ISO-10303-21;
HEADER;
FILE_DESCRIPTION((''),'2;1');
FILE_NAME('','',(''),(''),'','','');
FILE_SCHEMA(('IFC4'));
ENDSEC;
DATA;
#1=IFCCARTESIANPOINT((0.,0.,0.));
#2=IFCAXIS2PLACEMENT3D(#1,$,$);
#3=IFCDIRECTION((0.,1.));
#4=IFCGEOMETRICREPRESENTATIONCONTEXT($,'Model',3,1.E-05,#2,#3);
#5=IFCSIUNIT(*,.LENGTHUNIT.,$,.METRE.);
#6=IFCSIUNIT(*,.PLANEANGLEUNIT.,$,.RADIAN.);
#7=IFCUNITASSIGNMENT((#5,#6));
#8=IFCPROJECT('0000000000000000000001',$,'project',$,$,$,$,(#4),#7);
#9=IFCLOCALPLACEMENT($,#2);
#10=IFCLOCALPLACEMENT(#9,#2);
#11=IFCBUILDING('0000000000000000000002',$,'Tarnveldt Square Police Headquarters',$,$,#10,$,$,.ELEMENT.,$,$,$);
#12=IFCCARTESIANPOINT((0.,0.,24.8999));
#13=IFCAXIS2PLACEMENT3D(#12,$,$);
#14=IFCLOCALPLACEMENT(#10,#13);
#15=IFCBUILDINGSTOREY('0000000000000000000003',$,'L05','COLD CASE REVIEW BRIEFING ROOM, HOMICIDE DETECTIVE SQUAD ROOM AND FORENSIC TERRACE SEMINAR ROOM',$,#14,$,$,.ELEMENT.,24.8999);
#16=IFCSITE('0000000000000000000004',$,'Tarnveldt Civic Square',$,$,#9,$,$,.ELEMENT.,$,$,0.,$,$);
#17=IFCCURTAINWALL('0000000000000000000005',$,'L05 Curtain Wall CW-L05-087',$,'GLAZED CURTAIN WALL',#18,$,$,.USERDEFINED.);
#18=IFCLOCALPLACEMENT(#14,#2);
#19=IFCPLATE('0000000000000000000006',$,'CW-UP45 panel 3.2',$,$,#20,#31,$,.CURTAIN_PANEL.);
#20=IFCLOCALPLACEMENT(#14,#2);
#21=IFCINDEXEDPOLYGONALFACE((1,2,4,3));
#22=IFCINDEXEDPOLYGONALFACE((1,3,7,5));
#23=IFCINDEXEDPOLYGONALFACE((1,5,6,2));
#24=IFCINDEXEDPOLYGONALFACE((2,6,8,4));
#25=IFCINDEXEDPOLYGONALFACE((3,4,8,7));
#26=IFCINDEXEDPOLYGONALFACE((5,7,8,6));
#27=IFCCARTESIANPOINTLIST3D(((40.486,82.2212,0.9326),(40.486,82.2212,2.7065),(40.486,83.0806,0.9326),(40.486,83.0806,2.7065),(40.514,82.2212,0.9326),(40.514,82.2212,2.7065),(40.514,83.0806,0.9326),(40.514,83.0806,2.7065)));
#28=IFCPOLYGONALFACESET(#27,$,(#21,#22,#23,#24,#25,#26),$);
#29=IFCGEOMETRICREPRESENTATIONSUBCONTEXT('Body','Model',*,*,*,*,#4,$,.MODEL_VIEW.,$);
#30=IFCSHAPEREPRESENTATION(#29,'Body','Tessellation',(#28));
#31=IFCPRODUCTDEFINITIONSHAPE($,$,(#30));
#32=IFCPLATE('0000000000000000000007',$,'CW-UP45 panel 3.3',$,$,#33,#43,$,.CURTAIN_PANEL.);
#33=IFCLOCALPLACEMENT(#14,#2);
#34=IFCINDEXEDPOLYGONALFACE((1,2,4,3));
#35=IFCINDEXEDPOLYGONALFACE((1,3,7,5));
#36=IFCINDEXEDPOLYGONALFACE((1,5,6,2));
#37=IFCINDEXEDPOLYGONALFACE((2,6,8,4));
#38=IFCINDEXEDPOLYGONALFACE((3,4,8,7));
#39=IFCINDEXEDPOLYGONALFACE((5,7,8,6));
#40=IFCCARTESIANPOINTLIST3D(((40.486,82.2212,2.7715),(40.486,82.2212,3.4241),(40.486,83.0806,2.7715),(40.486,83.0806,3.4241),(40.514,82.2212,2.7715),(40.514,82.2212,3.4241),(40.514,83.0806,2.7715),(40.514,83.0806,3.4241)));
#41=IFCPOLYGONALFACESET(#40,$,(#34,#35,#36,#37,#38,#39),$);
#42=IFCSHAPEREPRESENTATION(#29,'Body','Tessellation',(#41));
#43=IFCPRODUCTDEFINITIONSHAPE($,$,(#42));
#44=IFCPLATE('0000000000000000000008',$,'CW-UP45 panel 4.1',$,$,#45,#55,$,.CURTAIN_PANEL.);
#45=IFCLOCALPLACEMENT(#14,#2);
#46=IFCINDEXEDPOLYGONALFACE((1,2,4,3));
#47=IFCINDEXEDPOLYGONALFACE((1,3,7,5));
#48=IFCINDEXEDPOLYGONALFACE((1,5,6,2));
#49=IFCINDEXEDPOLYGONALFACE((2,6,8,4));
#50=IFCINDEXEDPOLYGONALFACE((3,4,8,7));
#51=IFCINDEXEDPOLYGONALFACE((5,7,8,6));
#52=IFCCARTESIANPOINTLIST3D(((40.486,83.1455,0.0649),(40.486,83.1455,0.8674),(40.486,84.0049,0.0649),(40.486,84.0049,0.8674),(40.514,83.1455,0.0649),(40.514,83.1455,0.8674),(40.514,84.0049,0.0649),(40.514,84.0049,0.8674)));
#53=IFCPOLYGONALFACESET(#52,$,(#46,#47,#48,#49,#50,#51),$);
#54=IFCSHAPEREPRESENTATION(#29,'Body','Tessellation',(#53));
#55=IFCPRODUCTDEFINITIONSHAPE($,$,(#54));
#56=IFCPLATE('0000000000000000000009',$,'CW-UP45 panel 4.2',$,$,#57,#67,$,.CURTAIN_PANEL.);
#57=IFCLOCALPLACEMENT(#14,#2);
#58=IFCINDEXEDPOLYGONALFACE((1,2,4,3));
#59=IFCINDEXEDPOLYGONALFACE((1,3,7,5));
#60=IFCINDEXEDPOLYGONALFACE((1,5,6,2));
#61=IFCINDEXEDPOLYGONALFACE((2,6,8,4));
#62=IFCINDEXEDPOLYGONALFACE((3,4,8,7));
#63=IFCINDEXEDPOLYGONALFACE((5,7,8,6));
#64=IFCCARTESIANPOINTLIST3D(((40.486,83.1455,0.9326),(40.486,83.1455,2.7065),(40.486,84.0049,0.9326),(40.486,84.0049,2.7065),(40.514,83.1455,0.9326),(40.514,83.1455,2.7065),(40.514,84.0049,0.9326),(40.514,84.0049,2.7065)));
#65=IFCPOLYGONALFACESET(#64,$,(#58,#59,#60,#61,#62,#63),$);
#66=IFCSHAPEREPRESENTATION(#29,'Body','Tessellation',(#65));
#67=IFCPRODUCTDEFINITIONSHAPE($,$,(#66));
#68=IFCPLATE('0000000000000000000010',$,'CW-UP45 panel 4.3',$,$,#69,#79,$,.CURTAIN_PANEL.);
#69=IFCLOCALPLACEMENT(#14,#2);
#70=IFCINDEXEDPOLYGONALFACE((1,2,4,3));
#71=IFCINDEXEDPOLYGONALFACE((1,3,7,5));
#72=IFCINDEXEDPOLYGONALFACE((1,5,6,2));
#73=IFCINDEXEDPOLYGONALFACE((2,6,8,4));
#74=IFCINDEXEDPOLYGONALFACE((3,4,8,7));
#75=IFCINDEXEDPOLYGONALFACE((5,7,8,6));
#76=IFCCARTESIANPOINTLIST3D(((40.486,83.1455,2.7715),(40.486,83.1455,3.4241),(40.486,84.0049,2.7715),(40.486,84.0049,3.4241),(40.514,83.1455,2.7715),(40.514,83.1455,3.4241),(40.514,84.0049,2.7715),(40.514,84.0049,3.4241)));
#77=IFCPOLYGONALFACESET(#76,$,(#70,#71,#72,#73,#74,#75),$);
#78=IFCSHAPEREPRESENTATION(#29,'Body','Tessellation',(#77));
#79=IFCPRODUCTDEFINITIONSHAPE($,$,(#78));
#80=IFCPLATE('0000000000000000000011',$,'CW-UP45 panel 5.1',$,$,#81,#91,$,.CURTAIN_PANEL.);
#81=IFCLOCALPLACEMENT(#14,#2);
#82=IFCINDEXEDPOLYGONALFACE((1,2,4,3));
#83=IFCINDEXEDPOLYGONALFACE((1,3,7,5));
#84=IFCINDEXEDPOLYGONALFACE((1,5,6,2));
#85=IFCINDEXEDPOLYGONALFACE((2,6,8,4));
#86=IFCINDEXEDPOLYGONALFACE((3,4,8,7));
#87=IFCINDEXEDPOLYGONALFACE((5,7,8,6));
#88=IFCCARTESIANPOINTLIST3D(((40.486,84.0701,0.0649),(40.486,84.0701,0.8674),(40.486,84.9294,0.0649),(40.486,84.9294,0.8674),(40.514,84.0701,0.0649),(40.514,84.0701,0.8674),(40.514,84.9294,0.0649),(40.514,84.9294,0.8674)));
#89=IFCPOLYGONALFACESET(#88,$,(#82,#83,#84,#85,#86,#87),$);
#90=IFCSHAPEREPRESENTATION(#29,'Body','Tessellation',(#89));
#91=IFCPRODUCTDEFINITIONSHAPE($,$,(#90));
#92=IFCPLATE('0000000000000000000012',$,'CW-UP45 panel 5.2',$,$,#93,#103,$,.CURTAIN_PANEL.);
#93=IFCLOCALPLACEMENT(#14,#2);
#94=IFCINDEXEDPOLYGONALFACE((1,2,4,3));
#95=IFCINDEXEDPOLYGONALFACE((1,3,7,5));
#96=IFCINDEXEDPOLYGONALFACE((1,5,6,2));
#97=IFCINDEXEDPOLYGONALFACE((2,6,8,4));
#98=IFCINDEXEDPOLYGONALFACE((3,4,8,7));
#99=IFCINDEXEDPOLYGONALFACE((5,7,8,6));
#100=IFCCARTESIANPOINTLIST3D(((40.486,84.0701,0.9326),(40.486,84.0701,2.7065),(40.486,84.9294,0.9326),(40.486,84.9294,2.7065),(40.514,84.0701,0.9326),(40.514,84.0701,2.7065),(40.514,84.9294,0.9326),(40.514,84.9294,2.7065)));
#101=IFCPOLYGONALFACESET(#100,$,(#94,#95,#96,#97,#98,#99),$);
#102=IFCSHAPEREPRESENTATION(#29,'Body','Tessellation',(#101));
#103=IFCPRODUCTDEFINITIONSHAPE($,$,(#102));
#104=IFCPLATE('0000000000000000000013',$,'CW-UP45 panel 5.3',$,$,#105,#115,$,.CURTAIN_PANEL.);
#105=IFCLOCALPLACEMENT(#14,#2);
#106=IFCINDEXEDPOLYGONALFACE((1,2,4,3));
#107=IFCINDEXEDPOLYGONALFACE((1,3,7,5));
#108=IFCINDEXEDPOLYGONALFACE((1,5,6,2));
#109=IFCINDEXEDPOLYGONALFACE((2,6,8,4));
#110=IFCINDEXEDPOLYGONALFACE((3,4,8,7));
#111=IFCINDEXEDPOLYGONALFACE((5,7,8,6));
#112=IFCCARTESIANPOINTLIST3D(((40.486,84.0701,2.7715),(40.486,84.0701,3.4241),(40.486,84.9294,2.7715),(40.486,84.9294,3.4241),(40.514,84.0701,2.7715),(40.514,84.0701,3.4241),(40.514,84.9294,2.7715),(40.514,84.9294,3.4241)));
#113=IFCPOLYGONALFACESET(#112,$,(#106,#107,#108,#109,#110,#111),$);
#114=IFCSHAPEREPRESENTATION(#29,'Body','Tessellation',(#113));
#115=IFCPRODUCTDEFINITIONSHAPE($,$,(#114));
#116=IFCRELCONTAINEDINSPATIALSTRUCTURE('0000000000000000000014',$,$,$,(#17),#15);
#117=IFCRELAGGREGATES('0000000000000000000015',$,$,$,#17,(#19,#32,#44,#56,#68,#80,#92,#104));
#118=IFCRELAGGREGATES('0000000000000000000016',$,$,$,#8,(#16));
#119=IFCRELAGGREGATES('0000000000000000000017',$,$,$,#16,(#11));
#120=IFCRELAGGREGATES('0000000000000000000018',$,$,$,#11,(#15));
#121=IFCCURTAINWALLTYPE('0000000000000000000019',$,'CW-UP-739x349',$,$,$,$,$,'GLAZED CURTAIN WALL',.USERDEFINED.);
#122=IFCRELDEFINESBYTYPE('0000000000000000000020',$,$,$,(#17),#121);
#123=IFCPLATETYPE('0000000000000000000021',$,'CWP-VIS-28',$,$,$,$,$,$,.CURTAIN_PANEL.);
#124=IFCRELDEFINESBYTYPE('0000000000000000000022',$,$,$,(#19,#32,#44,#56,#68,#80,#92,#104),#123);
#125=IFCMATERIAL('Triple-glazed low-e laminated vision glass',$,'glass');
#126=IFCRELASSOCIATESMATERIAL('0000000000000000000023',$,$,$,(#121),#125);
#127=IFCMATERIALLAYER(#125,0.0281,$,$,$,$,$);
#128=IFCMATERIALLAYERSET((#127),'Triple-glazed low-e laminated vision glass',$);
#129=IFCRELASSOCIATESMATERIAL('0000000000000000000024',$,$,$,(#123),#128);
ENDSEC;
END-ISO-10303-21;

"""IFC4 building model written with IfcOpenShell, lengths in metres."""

from ifc_helpers import new_model, si_unit, direction, frame, origin, origin_2d, place, context, subcontext, project, spatial, rectangle, extrude, material, layer, layer_set, type_object, element, aggregate, save


model = new_model("IFC4")

# Units and contexts
model_context = context("Model", 3, precision=1e-05, world=origin(), true_north=direction((0.0, 1.0)))
body_context = subcontext(model_context, "Body", "Model", "MODEL_VIEW")
ifc_project = project(units=[si_unit("LENGTHUNIT", "METRE"), si_unit("PLANEANGLEUNIT", "RADIAN")], contexts=[model_context])

# Site, building, storey
site_placement = place(None, origin())
site = spatial("IfcSite", under=ifc_project, at=site_placement, Name="Tarnveldt Civic Square", CompositionType="ELEMENT", RefElevation=0.0)
building_placement = place(site_placement, origin())
building = spatial("IfcBuilding", under=site, at=building_placement, Name="Tarnveldt Square Police Headquarters", CompositionType="ELEMENT")
storey_placement = place(building_placement, frame((0.0, 0.0, 24.8999)))
storey = spatial("IfcBuildingStorey", under=building, at=storey_placement, Name="L05", Description="COLD CASE REVIEW BRIEFING ROOM, HOMICIDE DETECTIVE SQUAD ROOM AND FORENSIC TERRACE SEMINAR ROOM", CompositionType="ELEMENT", Elevation=24.8999)

# Curtain wall, plates
ifc_material_1 = material(Name="Triple-glazed low-e laminated vision glass", Category="glass")
curtain_wall_type = type_object("IfcCurtainWallType", Name="CW-UP-739x349", ElementType="GLAZED CURTAIN WALL", PredefinedType="USERDEFINED", material=ifc_material_1)
curtain_wall_placement = place(storey_placement, origin())
curtain_wall = element("IfcCurtainWall", 1, at=curtain_wall_placement, inside=storey, type_object=curtain_wall_type, Name="L05 Curtain Wall CW-L05-087", ObjectType="GLAZED CURTAIN WALL", PredefinedType="USERDEFINED")
ifc_layer = layer(ifc_material_1, 0.0281)
ifc_layer_set = layer_set([ifc_layer], Name="Triple-glazed low-e laminated vision glass")
plate_type = type_object("IfcPlateType", Name="CWP-VIS-28", PredefinedType="CURTAIN_PANEL", material=ifc_layer_set)
plate_1_placement = place(storey_placement, frame((40.5, 82.6509, 0.9326), z_axis=(0.0, 0.0, 1.0), x_axis=(0.0, 1.0, 0.0)))
plate_1 = element("IfcPlate", 2, at=plate_1_placement, type_object=plate_type, Name="CW-UP45 panel 3.2", PredefinedType="CURTAIN_PANEL", context=body_context, shape_type="SweptSolid", body=[
    extrude(rectangle(XDim=0.8594, YDim=0.0281, at=origin_2d()), origin(), (0.0, 0.0, 1.0), 1.7739),
])
plate_2_placement = place(storey_placement, frame((40.5, 82.6509, 2.7715), z_axis=(0.0, 0.0, 1.0), x_axis=(0.0, 1.0, 0.0)))
plate_2 = element("IfcPlate", 3, at=plate_2_placement, type_object=plate_type, Name="CW-UP45 panel 3.3", PredefinedType="CURTAIN_PANEL", context=body_context, shape_type="SweptSolid", body=[
    extrude(rectangle(XDim=0.8594, YDim=0.0281, at=origin_2d()), origin(), (0.0, 0.0, 1.0), 0.6526),
])
plate_3_placement = place(storey_placement, frame((40.5, 83.5752, 0.0649), z_axis=(0.0, 0.0, 1.0), x_axis=(0.0, 1.0, 0.0)))
plate_3 = element("IfcPlate", 4, at=plate_3_placement, type_object=plate_type, Name="CW-UP45 panel 4.1", PredefinedType="CURTAIN_PANEL", context=body_context, shape_type="SweptSolid", body=[
    extrude(rectangle(XDim=0.8594, YDim=0.0281, at=origin_2d()), origin(), (0.0, 0.0, 1.0), 0.8025),
])
plate_4_placement = place(storey_placement, frame((40.5, 83.5752, 0.9326), z_axis=(0.0, 0.0, 1.0), x_axis=(0.0, 1.0, 0.0)))
plate_4 = element("IfcPlate", 5, at=plate_4_placement, type_object=plate_type, Name="CW-UP45 panel 4.2", PredefinedType="CURTAIN_PANEL", context=body_context, shape_type="SweptSolid", body=[
    extrude(rectangle(XDim=0.8594, YDim=0.0281, at=origin_2d()), origin(), (0.0, 0.0, 1.0), 1.7739),
])
plate_5_placement = place(storey_placement, frame((40.5, 83.5752, 2.7715), z_axis=(0.0, 0.0, 1.0), x_axis=(0.0, 1.0, 0.0)))
plate_5 = element("IfcPlate", 6, at=plate_5_placement, type_object=plate_type, Name="CW-UP45 panel 4.3", PredefinedType="CURTAIN_PANEL", context=body_context, shape_type="SweptSolid", body=[
    extrude(rectangle(XDim=0.8594, YDim=0.0281, at=origin_2d()), origin(), (0.0, 0.0, 1.0), 0.6526),
])
plate_6_placement = place(storey_placement, frame((40.5, 84.4998, 0.0649), z_axis=(0.0, 0.0, 1.0), x_axis=(0.0, 1.0, 0.0)))
plate_6 = element("IfcPlate", 7, at=plate_6_placement, type_object=plate_type, Name="CW-UP45 panel 5.1", PredefinedType="CURTAIN_PANEL", context=body_context, shape_type="SweptSolid", body=[
    extrude(rectangle(XDim=0.8594, YDim=0.0281, at=origin_2d()), origin(), (0.0, 0.0, 1.0), 0.8025),
])
plate_7_placement = place(storey_placement, frame((40.5, 84.4998, 0.9326), z_axis=(0.0, 0.0, 1.0), x_axis=(0.0, 1.0, 0.0)))
plate_7 = element("IfcPlate", 8, at=plate_7_placement, type_object=plate_type, Name="CW-UP45 panel 5.2", PredefinedType="CURTAIN_PANEL", context=body_context, shape_type="SweptSolid", body=[
    extrude(rectangle(XDim=0.8594, YDim=0.0281, at=origin_2d()), origin(), (0.0, 0.0, 1.0), 1.7739),
])
plate_8_placement = place(storey_placement, frame((40.5, 84.4998, 2.7715), z_axis=(0.0, 0.0, 1.0), x_axis=(0.0, 1.0, 0.0)))
plate_8 = element("IfcPlate", 9, at=plate_8_placement, type_object=plate_type, Name="CW-UP45 panel 5.3", PredefinedType="CURTAIN_PANEL", context=body_context, shape_type="SweptSolid", body=[
    extrude(rectangle(XDim=0.8594, YDim=0.0281, at=origin_2d()), origin(), (0.0, 0.0, 1.0), 0.6526),
])
aggregate(curtain_wall, [plate_1, plate_2, plate_3, plate_4, plate_5, plate_6, plate_7, plate_8])

save(model, "model.ifc")
